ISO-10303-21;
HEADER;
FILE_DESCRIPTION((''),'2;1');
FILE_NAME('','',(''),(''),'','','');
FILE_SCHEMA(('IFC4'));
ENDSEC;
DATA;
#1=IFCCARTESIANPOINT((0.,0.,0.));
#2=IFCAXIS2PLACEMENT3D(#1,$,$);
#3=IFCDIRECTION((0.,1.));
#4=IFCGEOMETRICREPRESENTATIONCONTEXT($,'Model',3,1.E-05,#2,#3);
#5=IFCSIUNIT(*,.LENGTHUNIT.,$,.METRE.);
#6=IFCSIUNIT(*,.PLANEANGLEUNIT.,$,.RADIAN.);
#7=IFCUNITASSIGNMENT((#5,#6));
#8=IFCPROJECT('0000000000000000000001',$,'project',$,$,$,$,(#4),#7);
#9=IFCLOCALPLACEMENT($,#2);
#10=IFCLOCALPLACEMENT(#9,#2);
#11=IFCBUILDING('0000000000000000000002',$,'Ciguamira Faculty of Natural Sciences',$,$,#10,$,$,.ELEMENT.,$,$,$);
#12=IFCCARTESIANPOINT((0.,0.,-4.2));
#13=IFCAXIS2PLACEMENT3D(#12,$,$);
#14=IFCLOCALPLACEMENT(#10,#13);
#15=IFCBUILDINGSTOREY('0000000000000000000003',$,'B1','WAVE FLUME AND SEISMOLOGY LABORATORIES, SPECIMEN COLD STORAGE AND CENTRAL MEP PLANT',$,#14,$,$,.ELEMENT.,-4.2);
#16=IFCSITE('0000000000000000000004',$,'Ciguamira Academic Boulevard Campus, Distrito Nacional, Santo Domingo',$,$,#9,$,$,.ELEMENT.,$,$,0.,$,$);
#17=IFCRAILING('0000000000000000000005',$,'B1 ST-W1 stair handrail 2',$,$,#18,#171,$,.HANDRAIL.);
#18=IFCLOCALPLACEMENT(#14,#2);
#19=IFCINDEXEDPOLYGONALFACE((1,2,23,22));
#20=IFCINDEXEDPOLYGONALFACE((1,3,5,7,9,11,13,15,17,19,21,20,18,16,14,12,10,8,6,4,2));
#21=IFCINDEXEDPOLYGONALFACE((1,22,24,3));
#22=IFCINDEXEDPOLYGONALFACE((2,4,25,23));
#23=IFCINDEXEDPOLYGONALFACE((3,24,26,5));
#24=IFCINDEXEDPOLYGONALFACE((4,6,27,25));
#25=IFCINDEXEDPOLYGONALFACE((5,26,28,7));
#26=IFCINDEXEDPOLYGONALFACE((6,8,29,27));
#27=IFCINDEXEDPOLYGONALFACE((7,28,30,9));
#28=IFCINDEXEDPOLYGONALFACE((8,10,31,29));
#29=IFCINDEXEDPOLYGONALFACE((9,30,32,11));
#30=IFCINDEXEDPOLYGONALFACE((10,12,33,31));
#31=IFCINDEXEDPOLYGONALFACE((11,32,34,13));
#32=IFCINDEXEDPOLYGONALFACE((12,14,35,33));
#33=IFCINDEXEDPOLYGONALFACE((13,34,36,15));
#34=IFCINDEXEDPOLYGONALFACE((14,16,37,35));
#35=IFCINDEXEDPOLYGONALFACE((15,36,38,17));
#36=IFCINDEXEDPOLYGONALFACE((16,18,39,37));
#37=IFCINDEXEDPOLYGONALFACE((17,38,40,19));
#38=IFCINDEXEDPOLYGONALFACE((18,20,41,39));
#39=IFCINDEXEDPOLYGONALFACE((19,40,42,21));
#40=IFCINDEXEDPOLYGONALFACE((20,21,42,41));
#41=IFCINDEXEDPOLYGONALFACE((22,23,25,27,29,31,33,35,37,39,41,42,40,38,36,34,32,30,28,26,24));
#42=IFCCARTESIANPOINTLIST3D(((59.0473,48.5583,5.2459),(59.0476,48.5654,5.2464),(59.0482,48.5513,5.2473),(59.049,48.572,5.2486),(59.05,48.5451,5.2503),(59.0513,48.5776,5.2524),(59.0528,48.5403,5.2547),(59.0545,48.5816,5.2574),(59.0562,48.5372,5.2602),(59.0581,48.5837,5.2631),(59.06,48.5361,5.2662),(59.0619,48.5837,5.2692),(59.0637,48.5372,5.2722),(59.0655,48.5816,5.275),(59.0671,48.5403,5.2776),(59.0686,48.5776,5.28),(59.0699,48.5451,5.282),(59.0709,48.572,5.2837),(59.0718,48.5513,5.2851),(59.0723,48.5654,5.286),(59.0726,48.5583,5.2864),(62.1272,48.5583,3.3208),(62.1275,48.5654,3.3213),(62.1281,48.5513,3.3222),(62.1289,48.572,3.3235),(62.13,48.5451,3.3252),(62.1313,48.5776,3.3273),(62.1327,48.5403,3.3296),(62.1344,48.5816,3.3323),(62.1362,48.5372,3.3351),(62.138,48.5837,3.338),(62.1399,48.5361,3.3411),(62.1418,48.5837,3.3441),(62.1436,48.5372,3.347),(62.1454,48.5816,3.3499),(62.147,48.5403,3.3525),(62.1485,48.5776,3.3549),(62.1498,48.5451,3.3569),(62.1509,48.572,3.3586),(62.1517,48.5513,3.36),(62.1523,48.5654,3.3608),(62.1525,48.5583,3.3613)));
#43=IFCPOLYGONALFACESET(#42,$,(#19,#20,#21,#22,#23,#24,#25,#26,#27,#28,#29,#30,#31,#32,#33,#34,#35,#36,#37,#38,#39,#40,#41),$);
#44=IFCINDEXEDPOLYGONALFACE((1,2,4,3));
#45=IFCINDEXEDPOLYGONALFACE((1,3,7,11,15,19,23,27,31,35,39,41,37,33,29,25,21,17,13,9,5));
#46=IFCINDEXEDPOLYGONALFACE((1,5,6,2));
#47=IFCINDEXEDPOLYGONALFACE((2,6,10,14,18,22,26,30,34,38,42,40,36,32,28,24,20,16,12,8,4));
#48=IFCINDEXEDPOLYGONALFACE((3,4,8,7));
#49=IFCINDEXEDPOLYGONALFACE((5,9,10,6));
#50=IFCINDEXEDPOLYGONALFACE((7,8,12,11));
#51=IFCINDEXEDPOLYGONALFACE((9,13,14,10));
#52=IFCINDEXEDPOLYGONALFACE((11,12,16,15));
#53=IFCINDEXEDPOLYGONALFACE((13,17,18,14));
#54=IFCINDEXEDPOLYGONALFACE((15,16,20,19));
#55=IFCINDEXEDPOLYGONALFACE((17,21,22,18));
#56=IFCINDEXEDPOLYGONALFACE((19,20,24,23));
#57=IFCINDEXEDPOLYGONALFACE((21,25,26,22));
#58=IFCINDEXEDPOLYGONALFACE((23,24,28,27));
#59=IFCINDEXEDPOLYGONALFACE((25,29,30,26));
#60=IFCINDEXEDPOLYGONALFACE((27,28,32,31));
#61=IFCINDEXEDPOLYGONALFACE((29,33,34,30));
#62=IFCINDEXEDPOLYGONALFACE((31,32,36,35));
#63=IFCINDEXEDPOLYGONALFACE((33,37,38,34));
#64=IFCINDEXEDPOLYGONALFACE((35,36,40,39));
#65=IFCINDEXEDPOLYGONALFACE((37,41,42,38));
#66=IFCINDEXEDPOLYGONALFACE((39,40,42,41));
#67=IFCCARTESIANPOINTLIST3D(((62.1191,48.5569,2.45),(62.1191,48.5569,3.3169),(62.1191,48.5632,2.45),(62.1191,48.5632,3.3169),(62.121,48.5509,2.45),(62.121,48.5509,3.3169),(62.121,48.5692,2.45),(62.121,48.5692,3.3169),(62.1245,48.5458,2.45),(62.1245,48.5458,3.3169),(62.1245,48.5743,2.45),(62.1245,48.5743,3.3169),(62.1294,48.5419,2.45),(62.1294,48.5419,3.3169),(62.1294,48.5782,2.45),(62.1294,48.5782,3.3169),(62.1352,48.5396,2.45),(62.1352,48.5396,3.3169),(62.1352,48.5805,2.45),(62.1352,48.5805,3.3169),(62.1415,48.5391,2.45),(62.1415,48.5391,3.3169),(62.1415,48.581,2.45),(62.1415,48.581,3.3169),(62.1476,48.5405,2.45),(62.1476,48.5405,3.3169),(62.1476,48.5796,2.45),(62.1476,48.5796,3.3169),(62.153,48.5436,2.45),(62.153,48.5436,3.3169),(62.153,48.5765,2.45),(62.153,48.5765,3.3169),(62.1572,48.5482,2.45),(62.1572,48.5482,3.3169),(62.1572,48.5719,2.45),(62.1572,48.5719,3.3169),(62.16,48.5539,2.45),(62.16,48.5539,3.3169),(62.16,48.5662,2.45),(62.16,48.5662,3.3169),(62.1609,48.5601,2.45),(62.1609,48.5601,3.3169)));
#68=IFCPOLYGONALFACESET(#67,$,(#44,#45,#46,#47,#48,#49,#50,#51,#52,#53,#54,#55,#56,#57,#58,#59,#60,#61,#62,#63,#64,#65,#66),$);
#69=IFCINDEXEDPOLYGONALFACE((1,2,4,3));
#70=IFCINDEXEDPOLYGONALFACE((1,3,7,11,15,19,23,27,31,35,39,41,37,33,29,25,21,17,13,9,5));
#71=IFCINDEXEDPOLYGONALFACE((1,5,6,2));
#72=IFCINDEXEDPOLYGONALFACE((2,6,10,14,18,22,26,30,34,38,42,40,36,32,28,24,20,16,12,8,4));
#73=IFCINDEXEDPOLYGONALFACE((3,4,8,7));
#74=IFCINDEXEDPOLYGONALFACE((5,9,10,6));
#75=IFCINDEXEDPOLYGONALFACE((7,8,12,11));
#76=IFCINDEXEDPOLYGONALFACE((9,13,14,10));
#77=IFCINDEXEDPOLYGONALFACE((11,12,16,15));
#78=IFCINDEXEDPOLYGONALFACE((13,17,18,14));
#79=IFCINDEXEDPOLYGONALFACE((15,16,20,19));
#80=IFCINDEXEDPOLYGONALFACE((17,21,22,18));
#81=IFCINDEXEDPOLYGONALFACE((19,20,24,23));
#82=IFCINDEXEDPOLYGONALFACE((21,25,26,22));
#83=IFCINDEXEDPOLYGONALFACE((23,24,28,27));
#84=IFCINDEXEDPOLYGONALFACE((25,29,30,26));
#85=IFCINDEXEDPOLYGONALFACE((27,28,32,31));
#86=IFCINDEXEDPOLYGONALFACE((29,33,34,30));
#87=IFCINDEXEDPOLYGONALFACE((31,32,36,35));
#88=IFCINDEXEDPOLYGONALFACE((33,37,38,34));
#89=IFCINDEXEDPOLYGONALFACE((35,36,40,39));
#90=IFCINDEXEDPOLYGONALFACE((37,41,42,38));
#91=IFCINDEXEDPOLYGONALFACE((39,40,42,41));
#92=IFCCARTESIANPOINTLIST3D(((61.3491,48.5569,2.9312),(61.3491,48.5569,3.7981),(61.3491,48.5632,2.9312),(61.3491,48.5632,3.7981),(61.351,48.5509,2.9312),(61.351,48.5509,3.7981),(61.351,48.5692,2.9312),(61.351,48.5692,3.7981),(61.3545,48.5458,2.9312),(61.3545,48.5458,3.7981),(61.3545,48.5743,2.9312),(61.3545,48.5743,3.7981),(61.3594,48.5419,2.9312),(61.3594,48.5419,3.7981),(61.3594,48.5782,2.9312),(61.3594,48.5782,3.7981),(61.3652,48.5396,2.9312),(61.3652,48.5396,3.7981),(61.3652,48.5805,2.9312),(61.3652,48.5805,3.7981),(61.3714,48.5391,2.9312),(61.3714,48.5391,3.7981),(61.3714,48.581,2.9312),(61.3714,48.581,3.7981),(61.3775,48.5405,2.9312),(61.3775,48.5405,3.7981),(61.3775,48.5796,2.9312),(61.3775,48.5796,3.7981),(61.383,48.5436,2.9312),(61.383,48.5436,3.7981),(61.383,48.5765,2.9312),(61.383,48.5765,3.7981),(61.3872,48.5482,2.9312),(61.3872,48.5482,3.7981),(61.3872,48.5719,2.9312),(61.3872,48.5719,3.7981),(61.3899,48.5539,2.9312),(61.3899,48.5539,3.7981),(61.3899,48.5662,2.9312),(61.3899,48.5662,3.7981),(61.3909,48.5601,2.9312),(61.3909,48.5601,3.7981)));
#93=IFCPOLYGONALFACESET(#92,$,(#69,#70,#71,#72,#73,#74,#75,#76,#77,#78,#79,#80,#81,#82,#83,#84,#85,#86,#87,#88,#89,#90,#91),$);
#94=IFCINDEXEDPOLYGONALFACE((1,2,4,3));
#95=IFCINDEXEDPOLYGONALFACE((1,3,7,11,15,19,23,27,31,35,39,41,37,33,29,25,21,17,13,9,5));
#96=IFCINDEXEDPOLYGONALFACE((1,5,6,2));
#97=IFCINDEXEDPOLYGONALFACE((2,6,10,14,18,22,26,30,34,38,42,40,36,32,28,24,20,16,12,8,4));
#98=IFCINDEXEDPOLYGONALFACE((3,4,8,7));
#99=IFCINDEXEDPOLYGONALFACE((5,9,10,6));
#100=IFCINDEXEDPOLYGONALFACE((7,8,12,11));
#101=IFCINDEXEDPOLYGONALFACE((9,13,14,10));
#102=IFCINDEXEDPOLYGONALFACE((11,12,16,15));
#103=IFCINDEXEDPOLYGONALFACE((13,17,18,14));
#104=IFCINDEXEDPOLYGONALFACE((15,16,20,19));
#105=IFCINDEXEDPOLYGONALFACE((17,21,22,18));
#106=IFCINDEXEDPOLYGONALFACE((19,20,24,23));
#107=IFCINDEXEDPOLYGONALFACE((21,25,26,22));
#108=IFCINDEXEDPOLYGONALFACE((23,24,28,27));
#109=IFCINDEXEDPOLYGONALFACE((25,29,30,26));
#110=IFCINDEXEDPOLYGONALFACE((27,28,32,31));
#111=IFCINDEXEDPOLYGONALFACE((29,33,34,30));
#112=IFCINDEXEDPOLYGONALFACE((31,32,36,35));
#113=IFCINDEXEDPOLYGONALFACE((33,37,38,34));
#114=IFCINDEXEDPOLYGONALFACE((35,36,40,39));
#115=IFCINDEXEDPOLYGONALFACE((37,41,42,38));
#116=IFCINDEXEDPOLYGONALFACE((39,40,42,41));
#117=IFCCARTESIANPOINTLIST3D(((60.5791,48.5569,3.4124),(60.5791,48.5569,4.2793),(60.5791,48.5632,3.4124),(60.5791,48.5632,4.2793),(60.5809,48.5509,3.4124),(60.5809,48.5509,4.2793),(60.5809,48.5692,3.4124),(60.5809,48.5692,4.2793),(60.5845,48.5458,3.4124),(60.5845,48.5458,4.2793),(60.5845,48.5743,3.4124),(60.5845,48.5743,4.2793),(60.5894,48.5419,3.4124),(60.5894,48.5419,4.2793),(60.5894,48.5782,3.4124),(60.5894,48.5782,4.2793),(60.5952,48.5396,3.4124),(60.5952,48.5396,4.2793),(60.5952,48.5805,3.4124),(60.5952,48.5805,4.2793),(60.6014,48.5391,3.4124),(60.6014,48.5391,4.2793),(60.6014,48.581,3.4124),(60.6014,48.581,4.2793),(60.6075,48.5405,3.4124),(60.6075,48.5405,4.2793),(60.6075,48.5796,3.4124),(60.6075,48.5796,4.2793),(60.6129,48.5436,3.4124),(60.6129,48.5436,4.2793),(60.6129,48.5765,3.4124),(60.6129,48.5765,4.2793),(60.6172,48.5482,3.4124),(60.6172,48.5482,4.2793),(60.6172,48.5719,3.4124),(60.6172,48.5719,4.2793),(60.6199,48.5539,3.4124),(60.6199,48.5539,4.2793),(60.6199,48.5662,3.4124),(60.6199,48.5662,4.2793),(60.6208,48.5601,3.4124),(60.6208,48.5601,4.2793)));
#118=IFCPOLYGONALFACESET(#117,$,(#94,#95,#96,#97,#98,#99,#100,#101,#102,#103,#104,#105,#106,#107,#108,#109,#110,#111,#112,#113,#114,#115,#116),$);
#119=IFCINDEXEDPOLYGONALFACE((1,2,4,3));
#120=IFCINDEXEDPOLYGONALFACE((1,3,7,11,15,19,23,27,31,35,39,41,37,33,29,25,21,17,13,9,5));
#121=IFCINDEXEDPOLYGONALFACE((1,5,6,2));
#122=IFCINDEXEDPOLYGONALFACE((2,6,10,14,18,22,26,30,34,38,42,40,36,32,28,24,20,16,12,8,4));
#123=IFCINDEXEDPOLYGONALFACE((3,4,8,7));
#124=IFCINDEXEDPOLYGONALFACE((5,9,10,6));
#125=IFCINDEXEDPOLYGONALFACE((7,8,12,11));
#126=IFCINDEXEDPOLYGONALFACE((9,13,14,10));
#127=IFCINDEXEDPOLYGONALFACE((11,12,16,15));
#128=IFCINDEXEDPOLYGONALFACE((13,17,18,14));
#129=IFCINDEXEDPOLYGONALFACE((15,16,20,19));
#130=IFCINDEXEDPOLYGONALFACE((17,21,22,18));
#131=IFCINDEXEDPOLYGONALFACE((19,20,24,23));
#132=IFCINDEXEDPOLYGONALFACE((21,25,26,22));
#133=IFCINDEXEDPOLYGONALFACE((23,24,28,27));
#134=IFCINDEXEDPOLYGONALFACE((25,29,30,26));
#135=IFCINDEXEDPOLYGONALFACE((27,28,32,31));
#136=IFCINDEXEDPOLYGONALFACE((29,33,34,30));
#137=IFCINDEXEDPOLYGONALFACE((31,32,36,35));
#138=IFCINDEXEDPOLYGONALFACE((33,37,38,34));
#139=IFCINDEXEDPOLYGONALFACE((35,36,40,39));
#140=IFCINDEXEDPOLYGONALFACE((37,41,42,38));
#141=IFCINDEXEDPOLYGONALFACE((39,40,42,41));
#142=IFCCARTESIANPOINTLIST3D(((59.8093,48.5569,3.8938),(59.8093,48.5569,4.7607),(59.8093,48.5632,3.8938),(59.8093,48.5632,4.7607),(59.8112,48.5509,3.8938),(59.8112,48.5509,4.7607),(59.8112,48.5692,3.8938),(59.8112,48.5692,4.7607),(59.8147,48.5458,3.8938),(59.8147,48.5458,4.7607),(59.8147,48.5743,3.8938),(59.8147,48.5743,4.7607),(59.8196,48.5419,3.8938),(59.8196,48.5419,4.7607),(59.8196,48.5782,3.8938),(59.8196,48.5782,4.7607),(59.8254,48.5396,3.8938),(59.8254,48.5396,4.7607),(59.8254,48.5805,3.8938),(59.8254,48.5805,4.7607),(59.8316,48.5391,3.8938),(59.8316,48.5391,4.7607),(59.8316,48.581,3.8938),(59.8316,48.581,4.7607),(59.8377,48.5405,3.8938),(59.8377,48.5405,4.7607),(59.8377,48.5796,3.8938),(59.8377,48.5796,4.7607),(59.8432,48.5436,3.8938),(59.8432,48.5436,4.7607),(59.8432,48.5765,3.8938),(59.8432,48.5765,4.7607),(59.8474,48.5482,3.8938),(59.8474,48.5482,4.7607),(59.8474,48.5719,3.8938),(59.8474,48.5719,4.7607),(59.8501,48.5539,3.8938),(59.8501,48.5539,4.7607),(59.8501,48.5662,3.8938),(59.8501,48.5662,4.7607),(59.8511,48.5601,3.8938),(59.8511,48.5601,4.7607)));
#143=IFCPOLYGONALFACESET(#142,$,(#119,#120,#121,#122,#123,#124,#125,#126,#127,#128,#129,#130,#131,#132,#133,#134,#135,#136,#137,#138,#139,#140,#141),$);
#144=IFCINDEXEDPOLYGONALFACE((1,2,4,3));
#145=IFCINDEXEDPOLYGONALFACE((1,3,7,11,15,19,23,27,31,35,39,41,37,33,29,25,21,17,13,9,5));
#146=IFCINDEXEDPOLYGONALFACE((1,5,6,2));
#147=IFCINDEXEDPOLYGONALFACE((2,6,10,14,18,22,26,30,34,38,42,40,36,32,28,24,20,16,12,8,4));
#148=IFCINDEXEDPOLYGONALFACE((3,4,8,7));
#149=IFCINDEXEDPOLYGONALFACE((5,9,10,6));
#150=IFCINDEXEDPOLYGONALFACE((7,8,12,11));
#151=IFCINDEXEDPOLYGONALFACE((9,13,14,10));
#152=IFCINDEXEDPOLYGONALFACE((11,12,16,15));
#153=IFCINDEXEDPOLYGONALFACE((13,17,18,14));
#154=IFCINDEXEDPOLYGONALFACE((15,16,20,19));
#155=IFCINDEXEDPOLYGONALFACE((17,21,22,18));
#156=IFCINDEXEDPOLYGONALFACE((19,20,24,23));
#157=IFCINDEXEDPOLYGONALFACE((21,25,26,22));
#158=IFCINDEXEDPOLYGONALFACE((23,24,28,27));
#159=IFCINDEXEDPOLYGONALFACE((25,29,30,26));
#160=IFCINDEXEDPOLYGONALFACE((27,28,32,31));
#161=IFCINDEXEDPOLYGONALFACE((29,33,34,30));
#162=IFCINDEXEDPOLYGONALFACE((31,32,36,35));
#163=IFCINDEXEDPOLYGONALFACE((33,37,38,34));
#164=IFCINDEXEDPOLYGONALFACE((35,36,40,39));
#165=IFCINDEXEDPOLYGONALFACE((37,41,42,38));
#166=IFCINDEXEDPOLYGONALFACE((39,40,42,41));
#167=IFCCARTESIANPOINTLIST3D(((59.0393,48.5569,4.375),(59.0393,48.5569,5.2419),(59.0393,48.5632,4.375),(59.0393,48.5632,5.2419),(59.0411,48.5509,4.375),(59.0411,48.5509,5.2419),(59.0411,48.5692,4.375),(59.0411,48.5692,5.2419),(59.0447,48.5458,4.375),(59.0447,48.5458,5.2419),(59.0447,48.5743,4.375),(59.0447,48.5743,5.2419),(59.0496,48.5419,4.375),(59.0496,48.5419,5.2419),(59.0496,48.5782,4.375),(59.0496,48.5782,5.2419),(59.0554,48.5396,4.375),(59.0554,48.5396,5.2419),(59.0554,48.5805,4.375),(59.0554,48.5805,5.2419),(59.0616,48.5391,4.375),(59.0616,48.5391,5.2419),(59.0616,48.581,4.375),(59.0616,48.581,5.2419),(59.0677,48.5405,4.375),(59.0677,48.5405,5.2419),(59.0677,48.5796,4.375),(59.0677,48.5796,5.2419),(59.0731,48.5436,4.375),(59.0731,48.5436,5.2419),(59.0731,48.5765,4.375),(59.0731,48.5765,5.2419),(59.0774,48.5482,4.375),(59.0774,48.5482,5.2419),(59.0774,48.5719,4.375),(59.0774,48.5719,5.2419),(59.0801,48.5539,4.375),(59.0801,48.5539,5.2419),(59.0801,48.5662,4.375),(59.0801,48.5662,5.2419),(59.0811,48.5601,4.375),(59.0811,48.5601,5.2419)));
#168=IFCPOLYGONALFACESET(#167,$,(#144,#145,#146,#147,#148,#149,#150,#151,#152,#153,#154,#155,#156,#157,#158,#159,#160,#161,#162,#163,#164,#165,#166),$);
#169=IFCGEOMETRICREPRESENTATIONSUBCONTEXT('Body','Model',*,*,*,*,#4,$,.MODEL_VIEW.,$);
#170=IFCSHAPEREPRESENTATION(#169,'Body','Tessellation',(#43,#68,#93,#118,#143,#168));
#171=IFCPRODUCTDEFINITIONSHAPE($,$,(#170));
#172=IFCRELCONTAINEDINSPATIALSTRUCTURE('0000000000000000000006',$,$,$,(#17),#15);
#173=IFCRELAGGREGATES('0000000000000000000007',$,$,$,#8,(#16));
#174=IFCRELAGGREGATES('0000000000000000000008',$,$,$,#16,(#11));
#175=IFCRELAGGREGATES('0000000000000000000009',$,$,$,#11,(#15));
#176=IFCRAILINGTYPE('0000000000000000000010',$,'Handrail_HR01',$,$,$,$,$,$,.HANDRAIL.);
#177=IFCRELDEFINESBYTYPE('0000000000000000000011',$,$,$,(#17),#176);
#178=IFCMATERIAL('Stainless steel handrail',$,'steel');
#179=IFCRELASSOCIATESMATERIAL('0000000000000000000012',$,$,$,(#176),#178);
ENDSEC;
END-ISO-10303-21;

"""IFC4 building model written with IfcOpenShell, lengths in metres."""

from ifc_helpers import new_model, si_unit, direction, frame, origin, origin_2d, place, context, subcontext, project, spatial, circle, extrude, material, type_object, element, save


model = new_model("IFC4")

# Units and contexts
model_context = context("Model", 3, precision=1e-05, world=origin(), true_north=direction((0.0, 1.0)))
body_context = subcontext(model_context, "Body", "Model", "MODEL_VIEW")
ifc_project = project(units=[si_unit("LENGTHUNIT", "METRE"), si_unit("PLANEANGLEUNIT", "RADIAN")], contexts=[model_context])

# Site, building, storey
site_placement = place(None, origin())
site = spatial("IfcSite", under=ifc_project, at=site_placement, Name="Ciguamira Academic Boulevard Campus, Distrito Nacional, Santo Domingo", CompositionType="ELEMENT", RefElevation=0.0)
building_placement = place(site_placement, origin())
building = spatial("IfcBuilding", under=site, at=building_placement, Name="Ciguamira Faculty of Natural Sciences", CompositionType="ELEMENT")
storey_placement = place(building_placement, frame((0.0, 0.0, -4.2)))
storey = spatial("IfcBuildingStorey", under=building, at=storey_placement, Name="B1", Description="WAVE FLUME AND SEISMOLOGY LABORATORIES, SPECIMEN COLD STORAGE AND CENTRAL MEP PLANT", CompositionType="ELEMENT", Elevation=-4.2)

# Railing
ifc_material_1 = material(Name="Stainless steel handrail", Category="steel")
railing_type_1 = type_object("IfcRailingType", Name="Handrail_HR01", PredefinedType="HANDRAIL", material=ifc_material_1)
railing_1_placement = place(storey_placement, frame((62.1399, 48.5601, 2.45)))
element("IfcRailing", 1, at=railing_1_placement, inside=storey, type_object=railing_type_1, Name="B1 ST-W1 stair handrail 2", PredefinedType="HANDRAIL", context=body_context, shape_type="SweptSolid", body=[
    extrude(circle(Radius=0.0239, at=origin_2d()), frame((0.0, 0.0, 0.8911), z_axis=(-0.847979, 0.0, 0.530029), x_axis=(0.0, -1.0, 0.0)), (0.0, 0.0, 1.0), 3.6321),
    extrude(circle(Radius=0.021, at=origin_2d()), origin(), (0.0, 0.0, 1.0), 0.8669),
    extrude(circle(Radius=0.021, at=origin_2d()), frame((-0.77, 0.0, 0.4812)), (0.0, 0.0, 1.0), 0.8669),
    extrude(circle(Radius=0.021, at=origin_2d()), frame((-1.54, 0.0, 0.9624)), (0.0, 0.0, 1.0), 0.8669),
    extrude(circle(Radius=0.021, at=origin_2d()), frame((-2.3098, 0.0, 1.4438)), (0.0, 0.0, 1.0), 0.8669),
    extrude(circle(Radius=0.021, at=origin_2d()), frame((-3.0798, 0.0, 1.925)), (0.0, 0.0, 1.0), 0.8669),
])

save(model, "model.ifc")
